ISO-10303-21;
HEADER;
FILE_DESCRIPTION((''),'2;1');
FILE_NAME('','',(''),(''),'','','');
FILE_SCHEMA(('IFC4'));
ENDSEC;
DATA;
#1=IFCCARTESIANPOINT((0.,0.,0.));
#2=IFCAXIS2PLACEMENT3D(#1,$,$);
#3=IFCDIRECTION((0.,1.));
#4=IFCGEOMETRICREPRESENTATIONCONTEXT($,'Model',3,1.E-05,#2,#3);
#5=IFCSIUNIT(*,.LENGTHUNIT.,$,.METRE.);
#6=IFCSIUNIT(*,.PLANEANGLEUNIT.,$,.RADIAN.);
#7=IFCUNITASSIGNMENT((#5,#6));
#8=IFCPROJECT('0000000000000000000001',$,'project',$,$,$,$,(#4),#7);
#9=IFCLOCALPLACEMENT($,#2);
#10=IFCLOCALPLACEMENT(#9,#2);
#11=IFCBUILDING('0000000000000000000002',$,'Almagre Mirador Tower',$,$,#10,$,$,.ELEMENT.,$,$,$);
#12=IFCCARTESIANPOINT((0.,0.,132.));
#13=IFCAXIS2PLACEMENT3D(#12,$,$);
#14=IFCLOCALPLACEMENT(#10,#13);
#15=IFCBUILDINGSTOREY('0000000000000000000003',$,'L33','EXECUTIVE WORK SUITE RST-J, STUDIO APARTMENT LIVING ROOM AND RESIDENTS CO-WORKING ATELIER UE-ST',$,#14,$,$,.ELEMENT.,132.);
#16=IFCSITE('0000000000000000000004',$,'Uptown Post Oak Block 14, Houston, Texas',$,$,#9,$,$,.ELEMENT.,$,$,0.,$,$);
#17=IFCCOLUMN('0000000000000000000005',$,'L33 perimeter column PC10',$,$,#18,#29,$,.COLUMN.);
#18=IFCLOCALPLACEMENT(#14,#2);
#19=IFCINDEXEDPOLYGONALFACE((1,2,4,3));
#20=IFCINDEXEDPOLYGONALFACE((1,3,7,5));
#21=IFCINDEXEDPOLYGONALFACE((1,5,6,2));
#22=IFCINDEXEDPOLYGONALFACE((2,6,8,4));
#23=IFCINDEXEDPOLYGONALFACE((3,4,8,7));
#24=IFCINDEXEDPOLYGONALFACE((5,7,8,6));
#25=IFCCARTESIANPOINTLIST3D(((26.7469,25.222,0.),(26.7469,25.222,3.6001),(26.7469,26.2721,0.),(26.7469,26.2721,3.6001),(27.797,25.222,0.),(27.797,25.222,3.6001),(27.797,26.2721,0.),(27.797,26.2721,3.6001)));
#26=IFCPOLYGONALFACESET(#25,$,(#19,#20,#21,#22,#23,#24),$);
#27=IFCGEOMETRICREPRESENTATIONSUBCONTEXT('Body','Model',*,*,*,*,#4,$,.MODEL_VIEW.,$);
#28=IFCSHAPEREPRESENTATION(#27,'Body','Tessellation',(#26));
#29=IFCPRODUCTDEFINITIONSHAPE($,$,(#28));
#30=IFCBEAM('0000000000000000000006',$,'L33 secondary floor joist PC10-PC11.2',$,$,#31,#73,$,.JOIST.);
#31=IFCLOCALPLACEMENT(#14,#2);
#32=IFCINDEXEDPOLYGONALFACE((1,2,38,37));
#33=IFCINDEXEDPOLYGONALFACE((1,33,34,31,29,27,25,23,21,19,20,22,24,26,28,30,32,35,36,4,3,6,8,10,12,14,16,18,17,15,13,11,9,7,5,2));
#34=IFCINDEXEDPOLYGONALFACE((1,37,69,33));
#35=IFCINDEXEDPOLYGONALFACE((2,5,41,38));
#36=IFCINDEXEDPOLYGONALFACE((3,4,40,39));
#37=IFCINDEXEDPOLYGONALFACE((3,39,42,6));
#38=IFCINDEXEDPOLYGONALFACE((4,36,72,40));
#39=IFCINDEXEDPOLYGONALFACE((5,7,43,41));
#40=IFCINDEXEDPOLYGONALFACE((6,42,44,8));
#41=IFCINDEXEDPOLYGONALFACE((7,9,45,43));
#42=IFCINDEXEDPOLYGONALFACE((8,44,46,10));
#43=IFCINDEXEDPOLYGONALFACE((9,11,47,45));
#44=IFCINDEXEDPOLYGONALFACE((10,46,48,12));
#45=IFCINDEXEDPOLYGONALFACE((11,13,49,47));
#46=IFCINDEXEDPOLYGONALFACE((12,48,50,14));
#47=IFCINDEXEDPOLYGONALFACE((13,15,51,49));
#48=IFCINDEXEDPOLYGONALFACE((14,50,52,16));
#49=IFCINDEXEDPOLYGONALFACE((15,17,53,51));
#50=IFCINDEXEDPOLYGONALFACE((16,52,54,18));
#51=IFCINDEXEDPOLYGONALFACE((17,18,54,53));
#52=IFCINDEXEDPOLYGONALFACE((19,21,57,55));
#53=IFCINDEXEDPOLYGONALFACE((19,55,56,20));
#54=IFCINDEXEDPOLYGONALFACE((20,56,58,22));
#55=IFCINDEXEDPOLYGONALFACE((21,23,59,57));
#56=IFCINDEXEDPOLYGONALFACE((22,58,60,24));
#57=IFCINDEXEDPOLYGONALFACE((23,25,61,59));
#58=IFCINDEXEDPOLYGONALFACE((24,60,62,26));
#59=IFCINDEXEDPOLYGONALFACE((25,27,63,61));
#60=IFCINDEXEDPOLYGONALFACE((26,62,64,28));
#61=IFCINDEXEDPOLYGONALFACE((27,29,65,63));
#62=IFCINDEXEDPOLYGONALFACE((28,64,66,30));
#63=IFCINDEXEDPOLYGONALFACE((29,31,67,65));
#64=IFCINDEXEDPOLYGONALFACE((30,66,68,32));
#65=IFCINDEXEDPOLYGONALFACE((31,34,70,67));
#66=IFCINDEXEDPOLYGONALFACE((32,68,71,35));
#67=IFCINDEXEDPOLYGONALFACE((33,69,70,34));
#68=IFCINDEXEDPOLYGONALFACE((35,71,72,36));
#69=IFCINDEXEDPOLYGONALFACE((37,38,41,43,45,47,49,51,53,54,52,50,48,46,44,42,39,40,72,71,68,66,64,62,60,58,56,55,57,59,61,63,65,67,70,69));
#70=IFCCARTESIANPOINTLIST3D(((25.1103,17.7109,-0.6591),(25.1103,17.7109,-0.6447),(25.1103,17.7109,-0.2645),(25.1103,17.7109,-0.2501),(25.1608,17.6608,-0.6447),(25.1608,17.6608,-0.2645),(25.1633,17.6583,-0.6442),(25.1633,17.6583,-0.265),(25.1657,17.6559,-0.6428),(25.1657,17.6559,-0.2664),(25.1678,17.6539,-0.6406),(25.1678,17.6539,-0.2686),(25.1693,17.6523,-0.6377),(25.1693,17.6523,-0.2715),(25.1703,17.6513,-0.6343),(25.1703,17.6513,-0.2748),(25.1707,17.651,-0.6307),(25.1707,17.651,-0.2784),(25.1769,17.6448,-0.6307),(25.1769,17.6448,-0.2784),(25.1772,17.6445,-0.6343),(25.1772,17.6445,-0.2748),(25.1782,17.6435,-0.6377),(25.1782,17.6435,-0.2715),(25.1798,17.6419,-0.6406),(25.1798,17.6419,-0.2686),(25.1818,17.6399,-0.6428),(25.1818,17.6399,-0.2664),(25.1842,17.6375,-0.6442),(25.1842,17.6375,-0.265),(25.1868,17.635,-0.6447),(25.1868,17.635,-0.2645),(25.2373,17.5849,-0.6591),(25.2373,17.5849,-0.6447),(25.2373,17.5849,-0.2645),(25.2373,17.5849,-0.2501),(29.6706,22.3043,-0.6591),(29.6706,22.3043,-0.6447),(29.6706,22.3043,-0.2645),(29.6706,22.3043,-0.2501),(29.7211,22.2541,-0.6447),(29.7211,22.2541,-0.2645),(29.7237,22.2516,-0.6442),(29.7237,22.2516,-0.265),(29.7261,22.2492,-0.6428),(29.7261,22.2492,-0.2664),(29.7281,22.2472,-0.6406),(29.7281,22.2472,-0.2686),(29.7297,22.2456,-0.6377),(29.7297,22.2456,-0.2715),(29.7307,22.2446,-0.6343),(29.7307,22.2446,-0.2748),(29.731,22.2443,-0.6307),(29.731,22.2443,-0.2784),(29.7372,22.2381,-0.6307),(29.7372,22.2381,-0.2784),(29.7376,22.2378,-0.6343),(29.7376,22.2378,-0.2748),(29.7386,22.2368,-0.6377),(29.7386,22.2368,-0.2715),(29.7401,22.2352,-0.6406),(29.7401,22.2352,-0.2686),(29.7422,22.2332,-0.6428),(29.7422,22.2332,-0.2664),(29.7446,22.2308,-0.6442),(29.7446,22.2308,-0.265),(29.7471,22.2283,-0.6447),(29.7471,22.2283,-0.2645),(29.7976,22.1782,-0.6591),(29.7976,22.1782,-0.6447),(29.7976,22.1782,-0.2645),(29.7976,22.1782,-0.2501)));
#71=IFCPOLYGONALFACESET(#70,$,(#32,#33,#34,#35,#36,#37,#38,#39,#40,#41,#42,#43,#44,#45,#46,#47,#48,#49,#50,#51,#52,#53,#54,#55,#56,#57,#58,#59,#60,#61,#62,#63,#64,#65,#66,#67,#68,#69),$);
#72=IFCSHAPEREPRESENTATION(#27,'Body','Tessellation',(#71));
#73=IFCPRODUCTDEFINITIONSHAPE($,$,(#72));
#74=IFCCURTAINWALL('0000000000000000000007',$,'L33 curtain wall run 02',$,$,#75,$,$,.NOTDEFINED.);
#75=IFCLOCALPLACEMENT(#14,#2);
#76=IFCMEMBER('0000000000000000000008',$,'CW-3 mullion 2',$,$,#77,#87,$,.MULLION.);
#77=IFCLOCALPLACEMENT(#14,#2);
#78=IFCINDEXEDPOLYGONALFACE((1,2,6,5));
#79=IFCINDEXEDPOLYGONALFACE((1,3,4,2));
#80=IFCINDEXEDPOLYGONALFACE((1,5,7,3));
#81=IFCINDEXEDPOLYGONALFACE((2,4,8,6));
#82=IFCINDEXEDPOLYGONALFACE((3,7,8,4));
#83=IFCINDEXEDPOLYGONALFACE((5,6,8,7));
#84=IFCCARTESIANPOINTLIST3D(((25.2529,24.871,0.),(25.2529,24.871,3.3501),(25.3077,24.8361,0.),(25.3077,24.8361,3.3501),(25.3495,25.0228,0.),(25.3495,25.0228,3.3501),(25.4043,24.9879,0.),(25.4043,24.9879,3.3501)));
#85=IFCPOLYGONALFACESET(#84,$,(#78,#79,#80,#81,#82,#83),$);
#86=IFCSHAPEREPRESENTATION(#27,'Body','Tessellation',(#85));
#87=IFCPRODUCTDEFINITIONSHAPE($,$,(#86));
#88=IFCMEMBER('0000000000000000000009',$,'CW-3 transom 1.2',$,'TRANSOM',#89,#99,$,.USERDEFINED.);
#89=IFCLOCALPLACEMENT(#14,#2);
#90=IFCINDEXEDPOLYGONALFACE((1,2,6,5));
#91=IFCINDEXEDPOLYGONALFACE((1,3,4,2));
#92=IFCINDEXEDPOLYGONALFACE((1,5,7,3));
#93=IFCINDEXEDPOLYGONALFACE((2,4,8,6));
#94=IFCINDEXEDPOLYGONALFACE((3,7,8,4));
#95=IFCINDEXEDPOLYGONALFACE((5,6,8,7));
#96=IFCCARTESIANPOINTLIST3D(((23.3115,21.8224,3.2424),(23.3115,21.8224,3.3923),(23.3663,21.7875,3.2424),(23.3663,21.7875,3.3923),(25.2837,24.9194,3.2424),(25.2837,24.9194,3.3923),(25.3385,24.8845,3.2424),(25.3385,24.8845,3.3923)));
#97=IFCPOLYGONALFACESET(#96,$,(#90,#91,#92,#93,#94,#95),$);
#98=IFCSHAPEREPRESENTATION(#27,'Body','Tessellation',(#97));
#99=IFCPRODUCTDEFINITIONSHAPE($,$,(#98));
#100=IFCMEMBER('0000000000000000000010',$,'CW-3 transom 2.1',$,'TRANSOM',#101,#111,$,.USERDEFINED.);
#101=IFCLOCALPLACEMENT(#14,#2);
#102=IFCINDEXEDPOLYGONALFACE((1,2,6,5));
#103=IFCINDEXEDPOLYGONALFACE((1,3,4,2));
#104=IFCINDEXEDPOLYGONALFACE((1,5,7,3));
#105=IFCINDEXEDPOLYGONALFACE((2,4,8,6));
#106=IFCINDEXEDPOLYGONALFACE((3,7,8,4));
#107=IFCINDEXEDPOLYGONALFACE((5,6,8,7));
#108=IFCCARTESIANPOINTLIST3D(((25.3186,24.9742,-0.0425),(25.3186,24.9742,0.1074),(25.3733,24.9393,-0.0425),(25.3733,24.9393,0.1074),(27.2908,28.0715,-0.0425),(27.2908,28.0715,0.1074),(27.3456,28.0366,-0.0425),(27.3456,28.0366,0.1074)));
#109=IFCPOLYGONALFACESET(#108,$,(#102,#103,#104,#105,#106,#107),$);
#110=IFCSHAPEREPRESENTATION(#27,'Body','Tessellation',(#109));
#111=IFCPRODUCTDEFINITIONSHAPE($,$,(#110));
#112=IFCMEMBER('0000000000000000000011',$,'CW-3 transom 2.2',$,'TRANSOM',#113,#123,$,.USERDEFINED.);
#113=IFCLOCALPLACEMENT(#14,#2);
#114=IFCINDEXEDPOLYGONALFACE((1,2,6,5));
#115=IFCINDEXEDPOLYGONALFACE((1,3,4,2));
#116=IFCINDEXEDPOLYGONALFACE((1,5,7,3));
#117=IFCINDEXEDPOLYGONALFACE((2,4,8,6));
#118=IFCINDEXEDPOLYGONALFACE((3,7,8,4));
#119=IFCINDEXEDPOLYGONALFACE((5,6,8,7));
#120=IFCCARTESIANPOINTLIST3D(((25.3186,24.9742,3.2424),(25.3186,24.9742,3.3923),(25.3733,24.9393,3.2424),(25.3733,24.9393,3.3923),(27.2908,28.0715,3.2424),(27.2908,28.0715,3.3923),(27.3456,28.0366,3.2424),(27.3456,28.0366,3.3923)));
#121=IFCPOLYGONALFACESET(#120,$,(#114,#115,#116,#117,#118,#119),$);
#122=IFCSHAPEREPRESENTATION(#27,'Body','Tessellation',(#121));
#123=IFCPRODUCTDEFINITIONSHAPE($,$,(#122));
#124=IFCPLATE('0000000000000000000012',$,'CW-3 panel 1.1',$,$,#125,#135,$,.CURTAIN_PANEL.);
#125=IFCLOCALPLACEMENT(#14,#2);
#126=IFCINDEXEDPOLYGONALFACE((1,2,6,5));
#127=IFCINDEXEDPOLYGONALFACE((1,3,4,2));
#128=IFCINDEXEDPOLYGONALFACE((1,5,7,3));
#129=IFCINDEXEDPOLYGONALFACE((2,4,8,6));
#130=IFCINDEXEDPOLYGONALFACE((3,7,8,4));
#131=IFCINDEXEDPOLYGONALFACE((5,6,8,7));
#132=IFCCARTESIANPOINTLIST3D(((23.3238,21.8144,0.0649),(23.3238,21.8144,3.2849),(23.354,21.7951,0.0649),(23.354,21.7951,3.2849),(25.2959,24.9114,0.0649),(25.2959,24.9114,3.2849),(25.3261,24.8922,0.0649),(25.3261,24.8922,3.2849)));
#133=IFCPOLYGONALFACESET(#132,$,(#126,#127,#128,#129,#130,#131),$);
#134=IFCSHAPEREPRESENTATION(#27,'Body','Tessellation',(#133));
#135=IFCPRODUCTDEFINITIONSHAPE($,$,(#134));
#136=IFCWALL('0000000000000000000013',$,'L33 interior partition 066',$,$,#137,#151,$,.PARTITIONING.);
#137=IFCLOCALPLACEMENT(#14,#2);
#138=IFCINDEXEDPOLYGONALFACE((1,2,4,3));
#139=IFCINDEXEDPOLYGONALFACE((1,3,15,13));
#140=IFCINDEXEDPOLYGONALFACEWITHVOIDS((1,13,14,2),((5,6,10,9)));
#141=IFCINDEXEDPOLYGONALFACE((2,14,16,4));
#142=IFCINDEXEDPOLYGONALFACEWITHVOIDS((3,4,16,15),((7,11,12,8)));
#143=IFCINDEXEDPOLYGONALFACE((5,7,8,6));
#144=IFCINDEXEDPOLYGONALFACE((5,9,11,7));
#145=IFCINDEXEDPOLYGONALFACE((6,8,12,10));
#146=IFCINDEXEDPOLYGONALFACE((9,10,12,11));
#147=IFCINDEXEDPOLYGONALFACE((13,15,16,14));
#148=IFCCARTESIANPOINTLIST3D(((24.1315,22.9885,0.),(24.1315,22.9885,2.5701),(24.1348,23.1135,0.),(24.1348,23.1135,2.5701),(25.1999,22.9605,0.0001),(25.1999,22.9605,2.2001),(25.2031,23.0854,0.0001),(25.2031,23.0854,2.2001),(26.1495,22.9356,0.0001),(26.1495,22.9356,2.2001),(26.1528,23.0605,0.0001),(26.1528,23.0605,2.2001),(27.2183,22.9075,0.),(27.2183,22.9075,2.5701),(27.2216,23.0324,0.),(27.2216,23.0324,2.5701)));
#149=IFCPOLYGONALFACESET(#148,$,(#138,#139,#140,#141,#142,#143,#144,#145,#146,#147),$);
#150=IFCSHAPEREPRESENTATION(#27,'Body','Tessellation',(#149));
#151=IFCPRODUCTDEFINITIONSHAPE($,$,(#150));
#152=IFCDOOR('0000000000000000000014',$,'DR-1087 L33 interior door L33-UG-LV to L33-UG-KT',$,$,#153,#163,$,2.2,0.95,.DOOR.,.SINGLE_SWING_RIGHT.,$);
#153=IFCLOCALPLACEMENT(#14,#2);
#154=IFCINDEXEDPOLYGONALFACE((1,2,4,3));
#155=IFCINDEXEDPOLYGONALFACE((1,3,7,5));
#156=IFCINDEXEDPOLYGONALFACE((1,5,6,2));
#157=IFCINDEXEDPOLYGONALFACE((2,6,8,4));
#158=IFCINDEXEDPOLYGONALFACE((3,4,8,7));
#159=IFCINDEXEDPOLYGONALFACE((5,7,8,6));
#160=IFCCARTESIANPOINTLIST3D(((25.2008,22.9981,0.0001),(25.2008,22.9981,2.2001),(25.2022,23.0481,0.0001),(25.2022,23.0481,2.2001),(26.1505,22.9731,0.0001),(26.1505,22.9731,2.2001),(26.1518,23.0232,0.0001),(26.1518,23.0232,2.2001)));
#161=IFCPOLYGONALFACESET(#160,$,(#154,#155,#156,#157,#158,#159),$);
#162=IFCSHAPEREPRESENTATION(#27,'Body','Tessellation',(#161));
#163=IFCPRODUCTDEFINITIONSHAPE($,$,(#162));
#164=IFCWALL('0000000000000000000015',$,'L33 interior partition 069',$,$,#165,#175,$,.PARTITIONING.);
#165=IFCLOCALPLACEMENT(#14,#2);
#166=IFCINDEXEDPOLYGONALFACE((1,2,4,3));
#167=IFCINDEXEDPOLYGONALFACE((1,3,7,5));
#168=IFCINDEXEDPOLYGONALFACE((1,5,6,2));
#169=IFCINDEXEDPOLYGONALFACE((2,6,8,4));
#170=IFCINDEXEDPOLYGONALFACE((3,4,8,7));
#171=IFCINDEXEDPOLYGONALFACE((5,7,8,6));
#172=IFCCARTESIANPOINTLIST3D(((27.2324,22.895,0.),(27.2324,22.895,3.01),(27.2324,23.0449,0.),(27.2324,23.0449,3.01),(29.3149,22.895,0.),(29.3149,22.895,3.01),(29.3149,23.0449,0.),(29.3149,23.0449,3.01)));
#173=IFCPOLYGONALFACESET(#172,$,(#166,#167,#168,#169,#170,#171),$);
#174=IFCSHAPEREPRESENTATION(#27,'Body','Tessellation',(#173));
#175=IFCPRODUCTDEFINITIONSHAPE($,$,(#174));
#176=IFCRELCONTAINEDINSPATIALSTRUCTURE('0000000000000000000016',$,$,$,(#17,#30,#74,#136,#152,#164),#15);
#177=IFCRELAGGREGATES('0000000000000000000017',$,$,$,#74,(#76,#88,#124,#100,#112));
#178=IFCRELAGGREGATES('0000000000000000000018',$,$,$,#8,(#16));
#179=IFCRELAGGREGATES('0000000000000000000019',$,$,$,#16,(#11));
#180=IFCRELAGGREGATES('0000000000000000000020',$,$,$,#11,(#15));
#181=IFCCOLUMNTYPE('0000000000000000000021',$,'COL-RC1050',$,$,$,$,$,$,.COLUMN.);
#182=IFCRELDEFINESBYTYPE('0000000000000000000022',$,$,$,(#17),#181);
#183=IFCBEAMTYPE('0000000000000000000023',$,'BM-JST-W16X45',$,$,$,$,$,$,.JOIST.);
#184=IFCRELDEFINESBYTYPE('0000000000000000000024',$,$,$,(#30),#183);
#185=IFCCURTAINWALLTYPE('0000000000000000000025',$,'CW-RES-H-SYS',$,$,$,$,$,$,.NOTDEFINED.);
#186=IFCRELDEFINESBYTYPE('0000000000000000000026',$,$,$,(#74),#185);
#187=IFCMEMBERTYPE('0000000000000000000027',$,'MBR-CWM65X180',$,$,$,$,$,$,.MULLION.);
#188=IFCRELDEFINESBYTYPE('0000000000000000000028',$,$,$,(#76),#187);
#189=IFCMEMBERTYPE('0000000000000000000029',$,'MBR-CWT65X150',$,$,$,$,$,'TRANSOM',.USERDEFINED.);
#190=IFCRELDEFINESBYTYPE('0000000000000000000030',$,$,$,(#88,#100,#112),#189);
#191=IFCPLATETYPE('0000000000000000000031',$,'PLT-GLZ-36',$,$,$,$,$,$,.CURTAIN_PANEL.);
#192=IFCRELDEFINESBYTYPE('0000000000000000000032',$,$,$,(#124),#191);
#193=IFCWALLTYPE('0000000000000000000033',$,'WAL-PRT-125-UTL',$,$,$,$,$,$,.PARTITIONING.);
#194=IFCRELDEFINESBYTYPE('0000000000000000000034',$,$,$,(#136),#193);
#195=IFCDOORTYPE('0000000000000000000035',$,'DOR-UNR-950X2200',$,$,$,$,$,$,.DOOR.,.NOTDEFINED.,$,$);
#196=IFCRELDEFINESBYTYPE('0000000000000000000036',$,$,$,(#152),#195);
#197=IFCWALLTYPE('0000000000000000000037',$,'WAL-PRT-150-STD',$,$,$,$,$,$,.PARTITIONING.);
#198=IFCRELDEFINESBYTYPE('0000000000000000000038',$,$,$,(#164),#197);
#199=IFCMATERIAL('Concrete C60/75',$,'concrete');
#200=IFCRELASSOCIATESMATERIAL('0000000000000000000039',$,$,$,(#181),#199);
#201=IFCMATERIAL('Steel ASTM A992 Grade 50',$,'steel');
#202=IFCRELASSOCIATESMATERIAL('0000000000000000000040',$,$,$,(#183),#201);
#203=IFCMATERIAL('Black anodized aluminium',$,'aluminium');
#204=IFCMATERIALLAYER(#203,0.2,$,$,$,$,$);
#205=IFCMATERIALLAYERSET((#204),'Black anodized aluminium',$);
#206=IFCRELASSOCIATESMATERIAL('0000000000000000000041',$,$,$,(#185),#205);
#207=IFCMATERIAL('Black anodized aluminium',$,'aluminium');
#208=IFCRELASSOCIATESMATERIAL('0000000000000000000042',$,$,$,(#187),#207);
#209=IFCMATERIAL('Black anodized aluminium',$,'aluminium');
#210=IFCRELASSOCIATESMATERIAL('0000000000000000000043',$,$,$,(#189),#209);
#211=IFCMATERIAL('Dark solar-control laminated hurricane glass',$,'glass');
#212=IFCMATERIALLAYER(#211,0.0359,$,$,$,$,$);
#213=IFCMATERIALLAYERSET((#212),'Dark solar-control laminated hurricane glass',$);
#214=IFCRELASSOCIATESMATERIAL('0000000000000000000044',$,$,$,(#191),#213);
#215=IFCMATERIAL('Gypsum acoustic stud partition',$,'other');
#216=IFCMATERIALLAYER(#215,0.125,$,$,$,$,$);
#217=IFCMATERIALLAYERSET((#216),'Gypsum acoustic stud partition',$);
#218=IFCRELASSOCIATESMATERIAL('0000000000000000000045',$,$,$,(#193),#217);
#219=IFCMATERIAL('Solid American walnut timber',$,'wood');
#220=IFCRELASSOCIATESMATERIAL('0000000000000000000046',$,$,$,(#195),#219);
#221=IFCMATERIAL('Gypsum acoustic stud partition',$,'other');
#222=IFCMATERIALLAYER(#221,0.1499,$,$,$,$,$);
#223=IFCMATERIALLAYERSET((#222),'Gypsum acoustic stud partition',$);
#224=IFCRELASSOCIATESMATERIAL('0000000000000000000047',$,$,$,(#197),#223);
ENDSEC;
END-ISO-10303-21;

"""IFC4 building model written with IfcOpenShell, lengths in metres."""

from ifc_helpers import new_model, si_unit, direction, frame, frame_2d, origin, origin_2d, place, context, subcontext, project, spatial, rectangle, i_section, extrude, material, layer, layer_set, material_profile, profile_set, type_object, element, fill, aggregate, save


model = new_model("IFC4")

# Units and contexts
model_context = context("Model", 3, precision=1e-05, world=origin(), true_north=direction((0.0, 1.0)))
body_context = subcontext(model_context, "Body", "Model", "MODEL_VIEW")
ifc_project = project(units=[si_unit("LENGTHUNIT", "METRE"), si_unit("PLANEANGLEUNIT", "RADIAN")], contexts=[model_context])

# Site, building, storey
site_placement = place(None, origin())
site = spatial("IfcSite", under=ifc_project, at=site_placement, Name="Uptown Post Oak Block 14, Houston, Texas", CompositionType="ELEMENT", RefElevation=0.0)
building_placement = place(site_placement, origin())
building = spatial("IfcBuilding", under=site, at=building_placement, Name="Almagre Mirador Tower", CompositionType="ELEMENT")
storey_placement = place(building_placement, frame((0.0, 0.0, 132.0)))
storey = spatial("IfcBuildingStorey", under=building, at=storey_placement, Name="L33", Description="EXECUTIVE WORK SUITE RST-J, STUDIO APARTMENT LIVING ROOM AND RESIDENTS CO-WORKING ATELIER UE-ST", CompositionType="ELEMENT", Elevation=132.0)

# Column
ifc_material_1 = material(Name="Concrete C60/75", Category="concrete")
ifc_material_profile_1 = material_profile(ifc_material_1, rectangle(XDim=1.05, YDim=1.05, at=origin_2d()), Name="RC1050X1050")
ifc_profile_set_1 = profile_set([ifc_material_profile_1], Name="Concrete C60/75")
column_type = type_object("IfcColumnType", Name="COL-RC1050", PredefinedType="COLUMN", material=ifc_profile_set_1)
column_placement = place(storey_placement, frame((27.272, 25.7471, 0.0), z_axis=(0.0, 0.0, 1.0), x_axis=(1.0, 0.0, 0.0)))
element("IfcColumn", 1, at=column_placement, inside=storey, type_object=column_type, Name="L33 perimeter column PC10", PredefinedType="COLUMN", context=body_context, shape_type="SweptSolid", body=[
    extrude(rectangle(XDim=1.05, YDim=1.05, at=origin_2d()), origin(), (0.0, 0.0, 1.0), 3.6001),
])

# Beam
ifc_material_2 = material(Name="Steel ASTM A992 Grade 50", Category="steel")
ifc_material_profile_2 = material_profile(ifc_material_2, i_section(OverallWidth=0.179, OverallDepth=0.4089, WebThickness=0.0088, FlangeThickness=0.0144, FilletRadius=0.0139, at=origin_2d()), Name="W16X45")
ifc_profile_set_2 = profile_set([ifc_material_profile_2], Name="Steel ASTM A992 Grade 50")
beam_type = type_object("IfcBeamType", Name="BM-JST-W16X45", PredefinedType="JOIST", material=ifc_profile_set_2)
beam_placement = place(storey_placement, frame((29.7341, 22.2412, -0.4546), z_axis=(-0.704556, -0.709648, 0.0), x_axis=(0.709648, -0.704556, 0.0)))
element("IfcBeam", 2, at=beam_placement, inside=storey, type_object=beam_type, Name="L33 secondary floor joist PC10-PC11.2", PredefinedType="JOIST", context=body_context, shape_type="SweptSolid", body=[
    extrude(i_section(OverallWidth=0.179, OverallDepth=0.4089, WebThickness=0.0088, FlangeThickness=0.0144, FilletRadius=0.0139, at=origin_2d()), origin(), (0.0, 0.0, 1.0), 6.4727),
])

# Curtain wall, members, plate
ifc_material_3 = material(Name="Black anodized aluminium", Category="aluminium")
ifc_layer_1 = layer(ifc_material_3, 0.2)
ifc_layer_set_1 = layer_set([ifc_layer_1], Name="Black anodized aluminium")
curtain_wall_type = type_object("IfcCurtainWallType", Name="CW-RES-H-SYS", PredefinedType="NOTDEFINED", material=ifc_layer_set_1)
curtain_wall_placement = place(storey_placement, origin())
curtain_wall = element("IfcCurtainWall", 3, at=curtain_wall_placement, inside=storey, type_object=curtain_wall_type, Name="L33 curtain wall run 02", PredefinedType="NOTDEFINED")
ifc_material_4 = material(Name="Black anodized aluminium", Category="aluminium")
ifc_material_profile_3 = material_profile(ifc_material_4, rectangle(XDim=0.0649, YDim=0.1799, at=origin_2d()), Name="CWM65X180")
ifc_profile_set_3 = profile_set([ifc_material_profile_3], Name="Black anodized aluminium")
member_type_1 = type_object("IfcMemberType", Name="MBR-CWM65X180", PredefinedType="MULLION", material=ifc_profile_set_3)
member_1_placement = place(storey_placement, frame((25.3286, 24.9294, 0.0), z_axis=(0.0, 0.0, 1.0), x_axis=(-0.843508, 0.537117, 0.0)))
member_1 = element("IfcMember", 4, at=member_1_placement, type_object=member_type_1, Name="CW-3 mullion 2", PredefinedType="MULLION", context=body_context, shape_type="SweptSolid", body=[
    extrude(rectangle(XDim=0.0649, YDim=0.1799, at=origin_2d()), origin(), (0.0, 0.0, 1.0), 3.3501),
])
ifc_material_5 = material(Name="Black anodized aluminium", Category="aluminium")
ifc_material_profile_4 = material_profile(ifc_material_5, rectangle(XDim=0.0649, YDim=0.1499, at=origin_2d()), Name="CWT65X150")
ifc_profile_set_4 = profile_set([ifc_material_profile_4], Name="Black anodized aluminium")
member_type_2 = type_object("IfcMemberType", Name="MBR-CWT65X150", ElementType="TRANSOM", PredefinedType="USERDEFINED", material=ifc_profile_set_4)
member_2_placement = place(storey_placement, frame((23.3389, 21.8049, 3.3174), z_axis=(0.537147, 0.843489, 0.0), x_axis=(-0.843489, 0.537147, 0.0)))
member_2 = element("IfcMember", 5, at=member_2_placement, type_object=member_type_2, Name="CW-3 transom 1.2", ObjectType="TRANSOM", PredefinedType="USERDEFINED", context=body_context, shape_type="SweptSolid", body=[
    extrude(rectangle(XDim=0.0649, YDim=0.1499, at=origin_2d()), origin(), (0.0, 0.0, 1.0), 3.6716),
])
member_3_placement = place(storey_placement, frame((25.3459, 24.9568, 0.0325), z_axis=(0.537116, 0.843508, 0.0), x_axis=(-0.843508, 0.537116, 0.0)))
member_3 = element("IfcMember", 6, at=member_3_placement, type_object=member_type_2, Name="CW-3 transom 2.1", ObjectType="TRANSOM", PredefinedType="USERDEFINED", context=body_context, shape_type="SweptSolid", body=[
    extrude(rectangle(XDim=0.0649, YDim=0.1499, at=origin_2d()), origin(), (0.0, 0.0, 1.0), 3.6719),
])
member_4_placement = place(storey_placement, frame((25.3459, 24.9568, 3.3174), z_axis=(0.537116, 0.843508, 0.0), x_axis=(-0.843508, 0.537116, 0.0)))
member_4 = element("IfcMember", 7, at=member_4_placement, type_object=member_type_2, Name="CW-3 transom 2.2", ObjectType="TRANSOM", PredefinedType="USERDEFINED", context=body_context, shape_type="SweptSolid", body=[
    extrude(rectangle(XDim=0.0649, YDim=0.1499, at=origin_2d()), origin(), (0.0, 0.0, 1.0), 3.6719),
])
ifc_material_6 = material(Name="Dark solar-control laminated hurricane glass", Category="glass")
ifc_layer_2 = layer(ifc_material_6, 0.0359)
ifc_layer_set_2 = layer_set([ifc_layer_2], Name="Dark solar-control laminated hurricane glass")
plate_type = type_object("IfcPlateType", Name="PLT-GLZ-36", PredefinedType="CURTAIN_PANEL", material=ifc_layer_set_2)
plate_placement = place(storey_placement, frame((24.325, 23.3533, 0.0649), z_axis=(0.0, 0.0, 1.0), x_axis=(0.537117, 0.843508, 0.0)))
plate = element("IfcPlate", 8, at=plate_placement, type_object=plate_type, Name="CW-3 panel 1.1", PredefinedType="CURTAIN_PANEL", context=body_context, shape_type="SweptSolid", body=[
    extrude(rectangle(XDim=3.6716, YDim=0.0359, at=origin_2d()), origin(), (0.0, 0.0, 1.0), 3.22),
])
aggregate(curtain_wall, [member_1, member_2, plate, member_3, member_4])

# Wall, opening, door
ifc_material_7 = material(Name="Gypsum acoustic stud partition", Category="other")
ifc_layer_3 = layer(ifc_material_7, 0.125)
ifc_layer_set_3 = layer_set([ifc_layer_3], Name="Gypsum acoustic stud partition")
wall_type_1 = type_object("IfcWallType", Name="WAL-PRT-125-UTL", PredefinedType="PARTITIONING", material=ifc_layer_set_3)
wall_1_placement = place(storey_placement, frame((27.22, 22.97, 0.0), z_axis=(0.0, 0.0, 1.0), x_axis=(-0.999655, 0.026248, 0.0)))
wall_1 = element("IfcWall", 9, at=wall_1_placement, inside=storey, type_object=wall_type_1, Name="L33 interior partition 066", PredefinedType="PARTITIONING", context=body_context, shape_type="SweptSolid", body=[
    extrude(rectangle(XDim=3.0879, YDim=0.125, at=frame_2d((1.5439, 0.0))), origin(), (0.0, 0.0, 1.0), 2.5701),
])
opening_1_placement = place(wall_1_placement, frame((1.0691, 0.0, 0.0)))
opening_1 = element("IfcOpeningElement", 10, at=opening_1_placement, cuts=wall_1, PredefinedType="OPENING", context=body_context, shape_type="SweptSolid", body=[
    extrude(rectangle(XDim=0.95, YDim=2.2, at=frame_2d((0.4751, 1.1001))), frame((0.0, 0.0725, 0.0), z_axis=(0.0, -1.0, 0.0), x_axis=(1.0, 0.0, 0.0)), (0.0, 0.0, 1.0), 0.145),
])
ifc_material_8 = material(Name="Solid American walnut timber", Category="wood")
door_type_1 = type_object("IfcDoorType", Name="DOR-UNR-950X2200", OperationType="NOTDEFINED", PredefinedType="DOOR", material=ifc_material_8)
door_1_placement = place(opening_1_placement, origin())
door_1 = element("IfcDoor", 11, at=door_1_placement, inside=storey, type_object=door_type_1, Name="DR-1087 L33 interior door L33-UG-LV to L33-UG-KT", OperationType="SINGLE_SWING_RIGHT", OverallHeight=2.2, OverallWidth=0.95, PredefinedType="DOOR", context=body_context, shape_type="SweptSolid", body=[
    extrude(rectangle(XDim=0.95, YDim=2.2, at=frame_2d((0.4751, 1.1001))), frame((0.0, 0.0249, 0.0), z_axis=(0.0, -1.0, 0.0), x_axis=(1.0, 0.0, 0.0)), (0.0, 0.0, 1.0), 0.05),
])
fill(opening_1, door_1)

# Wall
ifc_material_9 = material(Name="Gypsum acoustic stud partition", Category="other")
ifc_layer_4 = layer(ifc_material_9, 0.1499)
ifc_layer_set_4 = layer_set([ifc_layer_4], Name="Gypsum acoustic stud partition")
wall_type_2 = type_object("IfcWallType", Name="WAL-PRT-150-STD", PredefinedType="PARTITIONING", material=ifc_layer_set_4)
wall_2_placement = place(storey_placement, frame((27.2324, 22.97, 0.0), z_axis=(0.0, 0.0, 1.0), x_axis=(1.0, 0.0, 0.0)))
element("IfcWall", 12, at=wall_2_placement, inside=storey, type_object=wall_type_2, Name="L33 interior partition 069", PredefinedType="PARTITIONING", context=body_context, shape_type="SweptSolid", body=[
    extrude(rectangle(XDim=2.0825, YDim=0.1499, at=frame_2d((1.0413, 0.0))), origin(), (0.0, 0.0, 1.0), 3.01),
])

save(model, "model.ifc")
